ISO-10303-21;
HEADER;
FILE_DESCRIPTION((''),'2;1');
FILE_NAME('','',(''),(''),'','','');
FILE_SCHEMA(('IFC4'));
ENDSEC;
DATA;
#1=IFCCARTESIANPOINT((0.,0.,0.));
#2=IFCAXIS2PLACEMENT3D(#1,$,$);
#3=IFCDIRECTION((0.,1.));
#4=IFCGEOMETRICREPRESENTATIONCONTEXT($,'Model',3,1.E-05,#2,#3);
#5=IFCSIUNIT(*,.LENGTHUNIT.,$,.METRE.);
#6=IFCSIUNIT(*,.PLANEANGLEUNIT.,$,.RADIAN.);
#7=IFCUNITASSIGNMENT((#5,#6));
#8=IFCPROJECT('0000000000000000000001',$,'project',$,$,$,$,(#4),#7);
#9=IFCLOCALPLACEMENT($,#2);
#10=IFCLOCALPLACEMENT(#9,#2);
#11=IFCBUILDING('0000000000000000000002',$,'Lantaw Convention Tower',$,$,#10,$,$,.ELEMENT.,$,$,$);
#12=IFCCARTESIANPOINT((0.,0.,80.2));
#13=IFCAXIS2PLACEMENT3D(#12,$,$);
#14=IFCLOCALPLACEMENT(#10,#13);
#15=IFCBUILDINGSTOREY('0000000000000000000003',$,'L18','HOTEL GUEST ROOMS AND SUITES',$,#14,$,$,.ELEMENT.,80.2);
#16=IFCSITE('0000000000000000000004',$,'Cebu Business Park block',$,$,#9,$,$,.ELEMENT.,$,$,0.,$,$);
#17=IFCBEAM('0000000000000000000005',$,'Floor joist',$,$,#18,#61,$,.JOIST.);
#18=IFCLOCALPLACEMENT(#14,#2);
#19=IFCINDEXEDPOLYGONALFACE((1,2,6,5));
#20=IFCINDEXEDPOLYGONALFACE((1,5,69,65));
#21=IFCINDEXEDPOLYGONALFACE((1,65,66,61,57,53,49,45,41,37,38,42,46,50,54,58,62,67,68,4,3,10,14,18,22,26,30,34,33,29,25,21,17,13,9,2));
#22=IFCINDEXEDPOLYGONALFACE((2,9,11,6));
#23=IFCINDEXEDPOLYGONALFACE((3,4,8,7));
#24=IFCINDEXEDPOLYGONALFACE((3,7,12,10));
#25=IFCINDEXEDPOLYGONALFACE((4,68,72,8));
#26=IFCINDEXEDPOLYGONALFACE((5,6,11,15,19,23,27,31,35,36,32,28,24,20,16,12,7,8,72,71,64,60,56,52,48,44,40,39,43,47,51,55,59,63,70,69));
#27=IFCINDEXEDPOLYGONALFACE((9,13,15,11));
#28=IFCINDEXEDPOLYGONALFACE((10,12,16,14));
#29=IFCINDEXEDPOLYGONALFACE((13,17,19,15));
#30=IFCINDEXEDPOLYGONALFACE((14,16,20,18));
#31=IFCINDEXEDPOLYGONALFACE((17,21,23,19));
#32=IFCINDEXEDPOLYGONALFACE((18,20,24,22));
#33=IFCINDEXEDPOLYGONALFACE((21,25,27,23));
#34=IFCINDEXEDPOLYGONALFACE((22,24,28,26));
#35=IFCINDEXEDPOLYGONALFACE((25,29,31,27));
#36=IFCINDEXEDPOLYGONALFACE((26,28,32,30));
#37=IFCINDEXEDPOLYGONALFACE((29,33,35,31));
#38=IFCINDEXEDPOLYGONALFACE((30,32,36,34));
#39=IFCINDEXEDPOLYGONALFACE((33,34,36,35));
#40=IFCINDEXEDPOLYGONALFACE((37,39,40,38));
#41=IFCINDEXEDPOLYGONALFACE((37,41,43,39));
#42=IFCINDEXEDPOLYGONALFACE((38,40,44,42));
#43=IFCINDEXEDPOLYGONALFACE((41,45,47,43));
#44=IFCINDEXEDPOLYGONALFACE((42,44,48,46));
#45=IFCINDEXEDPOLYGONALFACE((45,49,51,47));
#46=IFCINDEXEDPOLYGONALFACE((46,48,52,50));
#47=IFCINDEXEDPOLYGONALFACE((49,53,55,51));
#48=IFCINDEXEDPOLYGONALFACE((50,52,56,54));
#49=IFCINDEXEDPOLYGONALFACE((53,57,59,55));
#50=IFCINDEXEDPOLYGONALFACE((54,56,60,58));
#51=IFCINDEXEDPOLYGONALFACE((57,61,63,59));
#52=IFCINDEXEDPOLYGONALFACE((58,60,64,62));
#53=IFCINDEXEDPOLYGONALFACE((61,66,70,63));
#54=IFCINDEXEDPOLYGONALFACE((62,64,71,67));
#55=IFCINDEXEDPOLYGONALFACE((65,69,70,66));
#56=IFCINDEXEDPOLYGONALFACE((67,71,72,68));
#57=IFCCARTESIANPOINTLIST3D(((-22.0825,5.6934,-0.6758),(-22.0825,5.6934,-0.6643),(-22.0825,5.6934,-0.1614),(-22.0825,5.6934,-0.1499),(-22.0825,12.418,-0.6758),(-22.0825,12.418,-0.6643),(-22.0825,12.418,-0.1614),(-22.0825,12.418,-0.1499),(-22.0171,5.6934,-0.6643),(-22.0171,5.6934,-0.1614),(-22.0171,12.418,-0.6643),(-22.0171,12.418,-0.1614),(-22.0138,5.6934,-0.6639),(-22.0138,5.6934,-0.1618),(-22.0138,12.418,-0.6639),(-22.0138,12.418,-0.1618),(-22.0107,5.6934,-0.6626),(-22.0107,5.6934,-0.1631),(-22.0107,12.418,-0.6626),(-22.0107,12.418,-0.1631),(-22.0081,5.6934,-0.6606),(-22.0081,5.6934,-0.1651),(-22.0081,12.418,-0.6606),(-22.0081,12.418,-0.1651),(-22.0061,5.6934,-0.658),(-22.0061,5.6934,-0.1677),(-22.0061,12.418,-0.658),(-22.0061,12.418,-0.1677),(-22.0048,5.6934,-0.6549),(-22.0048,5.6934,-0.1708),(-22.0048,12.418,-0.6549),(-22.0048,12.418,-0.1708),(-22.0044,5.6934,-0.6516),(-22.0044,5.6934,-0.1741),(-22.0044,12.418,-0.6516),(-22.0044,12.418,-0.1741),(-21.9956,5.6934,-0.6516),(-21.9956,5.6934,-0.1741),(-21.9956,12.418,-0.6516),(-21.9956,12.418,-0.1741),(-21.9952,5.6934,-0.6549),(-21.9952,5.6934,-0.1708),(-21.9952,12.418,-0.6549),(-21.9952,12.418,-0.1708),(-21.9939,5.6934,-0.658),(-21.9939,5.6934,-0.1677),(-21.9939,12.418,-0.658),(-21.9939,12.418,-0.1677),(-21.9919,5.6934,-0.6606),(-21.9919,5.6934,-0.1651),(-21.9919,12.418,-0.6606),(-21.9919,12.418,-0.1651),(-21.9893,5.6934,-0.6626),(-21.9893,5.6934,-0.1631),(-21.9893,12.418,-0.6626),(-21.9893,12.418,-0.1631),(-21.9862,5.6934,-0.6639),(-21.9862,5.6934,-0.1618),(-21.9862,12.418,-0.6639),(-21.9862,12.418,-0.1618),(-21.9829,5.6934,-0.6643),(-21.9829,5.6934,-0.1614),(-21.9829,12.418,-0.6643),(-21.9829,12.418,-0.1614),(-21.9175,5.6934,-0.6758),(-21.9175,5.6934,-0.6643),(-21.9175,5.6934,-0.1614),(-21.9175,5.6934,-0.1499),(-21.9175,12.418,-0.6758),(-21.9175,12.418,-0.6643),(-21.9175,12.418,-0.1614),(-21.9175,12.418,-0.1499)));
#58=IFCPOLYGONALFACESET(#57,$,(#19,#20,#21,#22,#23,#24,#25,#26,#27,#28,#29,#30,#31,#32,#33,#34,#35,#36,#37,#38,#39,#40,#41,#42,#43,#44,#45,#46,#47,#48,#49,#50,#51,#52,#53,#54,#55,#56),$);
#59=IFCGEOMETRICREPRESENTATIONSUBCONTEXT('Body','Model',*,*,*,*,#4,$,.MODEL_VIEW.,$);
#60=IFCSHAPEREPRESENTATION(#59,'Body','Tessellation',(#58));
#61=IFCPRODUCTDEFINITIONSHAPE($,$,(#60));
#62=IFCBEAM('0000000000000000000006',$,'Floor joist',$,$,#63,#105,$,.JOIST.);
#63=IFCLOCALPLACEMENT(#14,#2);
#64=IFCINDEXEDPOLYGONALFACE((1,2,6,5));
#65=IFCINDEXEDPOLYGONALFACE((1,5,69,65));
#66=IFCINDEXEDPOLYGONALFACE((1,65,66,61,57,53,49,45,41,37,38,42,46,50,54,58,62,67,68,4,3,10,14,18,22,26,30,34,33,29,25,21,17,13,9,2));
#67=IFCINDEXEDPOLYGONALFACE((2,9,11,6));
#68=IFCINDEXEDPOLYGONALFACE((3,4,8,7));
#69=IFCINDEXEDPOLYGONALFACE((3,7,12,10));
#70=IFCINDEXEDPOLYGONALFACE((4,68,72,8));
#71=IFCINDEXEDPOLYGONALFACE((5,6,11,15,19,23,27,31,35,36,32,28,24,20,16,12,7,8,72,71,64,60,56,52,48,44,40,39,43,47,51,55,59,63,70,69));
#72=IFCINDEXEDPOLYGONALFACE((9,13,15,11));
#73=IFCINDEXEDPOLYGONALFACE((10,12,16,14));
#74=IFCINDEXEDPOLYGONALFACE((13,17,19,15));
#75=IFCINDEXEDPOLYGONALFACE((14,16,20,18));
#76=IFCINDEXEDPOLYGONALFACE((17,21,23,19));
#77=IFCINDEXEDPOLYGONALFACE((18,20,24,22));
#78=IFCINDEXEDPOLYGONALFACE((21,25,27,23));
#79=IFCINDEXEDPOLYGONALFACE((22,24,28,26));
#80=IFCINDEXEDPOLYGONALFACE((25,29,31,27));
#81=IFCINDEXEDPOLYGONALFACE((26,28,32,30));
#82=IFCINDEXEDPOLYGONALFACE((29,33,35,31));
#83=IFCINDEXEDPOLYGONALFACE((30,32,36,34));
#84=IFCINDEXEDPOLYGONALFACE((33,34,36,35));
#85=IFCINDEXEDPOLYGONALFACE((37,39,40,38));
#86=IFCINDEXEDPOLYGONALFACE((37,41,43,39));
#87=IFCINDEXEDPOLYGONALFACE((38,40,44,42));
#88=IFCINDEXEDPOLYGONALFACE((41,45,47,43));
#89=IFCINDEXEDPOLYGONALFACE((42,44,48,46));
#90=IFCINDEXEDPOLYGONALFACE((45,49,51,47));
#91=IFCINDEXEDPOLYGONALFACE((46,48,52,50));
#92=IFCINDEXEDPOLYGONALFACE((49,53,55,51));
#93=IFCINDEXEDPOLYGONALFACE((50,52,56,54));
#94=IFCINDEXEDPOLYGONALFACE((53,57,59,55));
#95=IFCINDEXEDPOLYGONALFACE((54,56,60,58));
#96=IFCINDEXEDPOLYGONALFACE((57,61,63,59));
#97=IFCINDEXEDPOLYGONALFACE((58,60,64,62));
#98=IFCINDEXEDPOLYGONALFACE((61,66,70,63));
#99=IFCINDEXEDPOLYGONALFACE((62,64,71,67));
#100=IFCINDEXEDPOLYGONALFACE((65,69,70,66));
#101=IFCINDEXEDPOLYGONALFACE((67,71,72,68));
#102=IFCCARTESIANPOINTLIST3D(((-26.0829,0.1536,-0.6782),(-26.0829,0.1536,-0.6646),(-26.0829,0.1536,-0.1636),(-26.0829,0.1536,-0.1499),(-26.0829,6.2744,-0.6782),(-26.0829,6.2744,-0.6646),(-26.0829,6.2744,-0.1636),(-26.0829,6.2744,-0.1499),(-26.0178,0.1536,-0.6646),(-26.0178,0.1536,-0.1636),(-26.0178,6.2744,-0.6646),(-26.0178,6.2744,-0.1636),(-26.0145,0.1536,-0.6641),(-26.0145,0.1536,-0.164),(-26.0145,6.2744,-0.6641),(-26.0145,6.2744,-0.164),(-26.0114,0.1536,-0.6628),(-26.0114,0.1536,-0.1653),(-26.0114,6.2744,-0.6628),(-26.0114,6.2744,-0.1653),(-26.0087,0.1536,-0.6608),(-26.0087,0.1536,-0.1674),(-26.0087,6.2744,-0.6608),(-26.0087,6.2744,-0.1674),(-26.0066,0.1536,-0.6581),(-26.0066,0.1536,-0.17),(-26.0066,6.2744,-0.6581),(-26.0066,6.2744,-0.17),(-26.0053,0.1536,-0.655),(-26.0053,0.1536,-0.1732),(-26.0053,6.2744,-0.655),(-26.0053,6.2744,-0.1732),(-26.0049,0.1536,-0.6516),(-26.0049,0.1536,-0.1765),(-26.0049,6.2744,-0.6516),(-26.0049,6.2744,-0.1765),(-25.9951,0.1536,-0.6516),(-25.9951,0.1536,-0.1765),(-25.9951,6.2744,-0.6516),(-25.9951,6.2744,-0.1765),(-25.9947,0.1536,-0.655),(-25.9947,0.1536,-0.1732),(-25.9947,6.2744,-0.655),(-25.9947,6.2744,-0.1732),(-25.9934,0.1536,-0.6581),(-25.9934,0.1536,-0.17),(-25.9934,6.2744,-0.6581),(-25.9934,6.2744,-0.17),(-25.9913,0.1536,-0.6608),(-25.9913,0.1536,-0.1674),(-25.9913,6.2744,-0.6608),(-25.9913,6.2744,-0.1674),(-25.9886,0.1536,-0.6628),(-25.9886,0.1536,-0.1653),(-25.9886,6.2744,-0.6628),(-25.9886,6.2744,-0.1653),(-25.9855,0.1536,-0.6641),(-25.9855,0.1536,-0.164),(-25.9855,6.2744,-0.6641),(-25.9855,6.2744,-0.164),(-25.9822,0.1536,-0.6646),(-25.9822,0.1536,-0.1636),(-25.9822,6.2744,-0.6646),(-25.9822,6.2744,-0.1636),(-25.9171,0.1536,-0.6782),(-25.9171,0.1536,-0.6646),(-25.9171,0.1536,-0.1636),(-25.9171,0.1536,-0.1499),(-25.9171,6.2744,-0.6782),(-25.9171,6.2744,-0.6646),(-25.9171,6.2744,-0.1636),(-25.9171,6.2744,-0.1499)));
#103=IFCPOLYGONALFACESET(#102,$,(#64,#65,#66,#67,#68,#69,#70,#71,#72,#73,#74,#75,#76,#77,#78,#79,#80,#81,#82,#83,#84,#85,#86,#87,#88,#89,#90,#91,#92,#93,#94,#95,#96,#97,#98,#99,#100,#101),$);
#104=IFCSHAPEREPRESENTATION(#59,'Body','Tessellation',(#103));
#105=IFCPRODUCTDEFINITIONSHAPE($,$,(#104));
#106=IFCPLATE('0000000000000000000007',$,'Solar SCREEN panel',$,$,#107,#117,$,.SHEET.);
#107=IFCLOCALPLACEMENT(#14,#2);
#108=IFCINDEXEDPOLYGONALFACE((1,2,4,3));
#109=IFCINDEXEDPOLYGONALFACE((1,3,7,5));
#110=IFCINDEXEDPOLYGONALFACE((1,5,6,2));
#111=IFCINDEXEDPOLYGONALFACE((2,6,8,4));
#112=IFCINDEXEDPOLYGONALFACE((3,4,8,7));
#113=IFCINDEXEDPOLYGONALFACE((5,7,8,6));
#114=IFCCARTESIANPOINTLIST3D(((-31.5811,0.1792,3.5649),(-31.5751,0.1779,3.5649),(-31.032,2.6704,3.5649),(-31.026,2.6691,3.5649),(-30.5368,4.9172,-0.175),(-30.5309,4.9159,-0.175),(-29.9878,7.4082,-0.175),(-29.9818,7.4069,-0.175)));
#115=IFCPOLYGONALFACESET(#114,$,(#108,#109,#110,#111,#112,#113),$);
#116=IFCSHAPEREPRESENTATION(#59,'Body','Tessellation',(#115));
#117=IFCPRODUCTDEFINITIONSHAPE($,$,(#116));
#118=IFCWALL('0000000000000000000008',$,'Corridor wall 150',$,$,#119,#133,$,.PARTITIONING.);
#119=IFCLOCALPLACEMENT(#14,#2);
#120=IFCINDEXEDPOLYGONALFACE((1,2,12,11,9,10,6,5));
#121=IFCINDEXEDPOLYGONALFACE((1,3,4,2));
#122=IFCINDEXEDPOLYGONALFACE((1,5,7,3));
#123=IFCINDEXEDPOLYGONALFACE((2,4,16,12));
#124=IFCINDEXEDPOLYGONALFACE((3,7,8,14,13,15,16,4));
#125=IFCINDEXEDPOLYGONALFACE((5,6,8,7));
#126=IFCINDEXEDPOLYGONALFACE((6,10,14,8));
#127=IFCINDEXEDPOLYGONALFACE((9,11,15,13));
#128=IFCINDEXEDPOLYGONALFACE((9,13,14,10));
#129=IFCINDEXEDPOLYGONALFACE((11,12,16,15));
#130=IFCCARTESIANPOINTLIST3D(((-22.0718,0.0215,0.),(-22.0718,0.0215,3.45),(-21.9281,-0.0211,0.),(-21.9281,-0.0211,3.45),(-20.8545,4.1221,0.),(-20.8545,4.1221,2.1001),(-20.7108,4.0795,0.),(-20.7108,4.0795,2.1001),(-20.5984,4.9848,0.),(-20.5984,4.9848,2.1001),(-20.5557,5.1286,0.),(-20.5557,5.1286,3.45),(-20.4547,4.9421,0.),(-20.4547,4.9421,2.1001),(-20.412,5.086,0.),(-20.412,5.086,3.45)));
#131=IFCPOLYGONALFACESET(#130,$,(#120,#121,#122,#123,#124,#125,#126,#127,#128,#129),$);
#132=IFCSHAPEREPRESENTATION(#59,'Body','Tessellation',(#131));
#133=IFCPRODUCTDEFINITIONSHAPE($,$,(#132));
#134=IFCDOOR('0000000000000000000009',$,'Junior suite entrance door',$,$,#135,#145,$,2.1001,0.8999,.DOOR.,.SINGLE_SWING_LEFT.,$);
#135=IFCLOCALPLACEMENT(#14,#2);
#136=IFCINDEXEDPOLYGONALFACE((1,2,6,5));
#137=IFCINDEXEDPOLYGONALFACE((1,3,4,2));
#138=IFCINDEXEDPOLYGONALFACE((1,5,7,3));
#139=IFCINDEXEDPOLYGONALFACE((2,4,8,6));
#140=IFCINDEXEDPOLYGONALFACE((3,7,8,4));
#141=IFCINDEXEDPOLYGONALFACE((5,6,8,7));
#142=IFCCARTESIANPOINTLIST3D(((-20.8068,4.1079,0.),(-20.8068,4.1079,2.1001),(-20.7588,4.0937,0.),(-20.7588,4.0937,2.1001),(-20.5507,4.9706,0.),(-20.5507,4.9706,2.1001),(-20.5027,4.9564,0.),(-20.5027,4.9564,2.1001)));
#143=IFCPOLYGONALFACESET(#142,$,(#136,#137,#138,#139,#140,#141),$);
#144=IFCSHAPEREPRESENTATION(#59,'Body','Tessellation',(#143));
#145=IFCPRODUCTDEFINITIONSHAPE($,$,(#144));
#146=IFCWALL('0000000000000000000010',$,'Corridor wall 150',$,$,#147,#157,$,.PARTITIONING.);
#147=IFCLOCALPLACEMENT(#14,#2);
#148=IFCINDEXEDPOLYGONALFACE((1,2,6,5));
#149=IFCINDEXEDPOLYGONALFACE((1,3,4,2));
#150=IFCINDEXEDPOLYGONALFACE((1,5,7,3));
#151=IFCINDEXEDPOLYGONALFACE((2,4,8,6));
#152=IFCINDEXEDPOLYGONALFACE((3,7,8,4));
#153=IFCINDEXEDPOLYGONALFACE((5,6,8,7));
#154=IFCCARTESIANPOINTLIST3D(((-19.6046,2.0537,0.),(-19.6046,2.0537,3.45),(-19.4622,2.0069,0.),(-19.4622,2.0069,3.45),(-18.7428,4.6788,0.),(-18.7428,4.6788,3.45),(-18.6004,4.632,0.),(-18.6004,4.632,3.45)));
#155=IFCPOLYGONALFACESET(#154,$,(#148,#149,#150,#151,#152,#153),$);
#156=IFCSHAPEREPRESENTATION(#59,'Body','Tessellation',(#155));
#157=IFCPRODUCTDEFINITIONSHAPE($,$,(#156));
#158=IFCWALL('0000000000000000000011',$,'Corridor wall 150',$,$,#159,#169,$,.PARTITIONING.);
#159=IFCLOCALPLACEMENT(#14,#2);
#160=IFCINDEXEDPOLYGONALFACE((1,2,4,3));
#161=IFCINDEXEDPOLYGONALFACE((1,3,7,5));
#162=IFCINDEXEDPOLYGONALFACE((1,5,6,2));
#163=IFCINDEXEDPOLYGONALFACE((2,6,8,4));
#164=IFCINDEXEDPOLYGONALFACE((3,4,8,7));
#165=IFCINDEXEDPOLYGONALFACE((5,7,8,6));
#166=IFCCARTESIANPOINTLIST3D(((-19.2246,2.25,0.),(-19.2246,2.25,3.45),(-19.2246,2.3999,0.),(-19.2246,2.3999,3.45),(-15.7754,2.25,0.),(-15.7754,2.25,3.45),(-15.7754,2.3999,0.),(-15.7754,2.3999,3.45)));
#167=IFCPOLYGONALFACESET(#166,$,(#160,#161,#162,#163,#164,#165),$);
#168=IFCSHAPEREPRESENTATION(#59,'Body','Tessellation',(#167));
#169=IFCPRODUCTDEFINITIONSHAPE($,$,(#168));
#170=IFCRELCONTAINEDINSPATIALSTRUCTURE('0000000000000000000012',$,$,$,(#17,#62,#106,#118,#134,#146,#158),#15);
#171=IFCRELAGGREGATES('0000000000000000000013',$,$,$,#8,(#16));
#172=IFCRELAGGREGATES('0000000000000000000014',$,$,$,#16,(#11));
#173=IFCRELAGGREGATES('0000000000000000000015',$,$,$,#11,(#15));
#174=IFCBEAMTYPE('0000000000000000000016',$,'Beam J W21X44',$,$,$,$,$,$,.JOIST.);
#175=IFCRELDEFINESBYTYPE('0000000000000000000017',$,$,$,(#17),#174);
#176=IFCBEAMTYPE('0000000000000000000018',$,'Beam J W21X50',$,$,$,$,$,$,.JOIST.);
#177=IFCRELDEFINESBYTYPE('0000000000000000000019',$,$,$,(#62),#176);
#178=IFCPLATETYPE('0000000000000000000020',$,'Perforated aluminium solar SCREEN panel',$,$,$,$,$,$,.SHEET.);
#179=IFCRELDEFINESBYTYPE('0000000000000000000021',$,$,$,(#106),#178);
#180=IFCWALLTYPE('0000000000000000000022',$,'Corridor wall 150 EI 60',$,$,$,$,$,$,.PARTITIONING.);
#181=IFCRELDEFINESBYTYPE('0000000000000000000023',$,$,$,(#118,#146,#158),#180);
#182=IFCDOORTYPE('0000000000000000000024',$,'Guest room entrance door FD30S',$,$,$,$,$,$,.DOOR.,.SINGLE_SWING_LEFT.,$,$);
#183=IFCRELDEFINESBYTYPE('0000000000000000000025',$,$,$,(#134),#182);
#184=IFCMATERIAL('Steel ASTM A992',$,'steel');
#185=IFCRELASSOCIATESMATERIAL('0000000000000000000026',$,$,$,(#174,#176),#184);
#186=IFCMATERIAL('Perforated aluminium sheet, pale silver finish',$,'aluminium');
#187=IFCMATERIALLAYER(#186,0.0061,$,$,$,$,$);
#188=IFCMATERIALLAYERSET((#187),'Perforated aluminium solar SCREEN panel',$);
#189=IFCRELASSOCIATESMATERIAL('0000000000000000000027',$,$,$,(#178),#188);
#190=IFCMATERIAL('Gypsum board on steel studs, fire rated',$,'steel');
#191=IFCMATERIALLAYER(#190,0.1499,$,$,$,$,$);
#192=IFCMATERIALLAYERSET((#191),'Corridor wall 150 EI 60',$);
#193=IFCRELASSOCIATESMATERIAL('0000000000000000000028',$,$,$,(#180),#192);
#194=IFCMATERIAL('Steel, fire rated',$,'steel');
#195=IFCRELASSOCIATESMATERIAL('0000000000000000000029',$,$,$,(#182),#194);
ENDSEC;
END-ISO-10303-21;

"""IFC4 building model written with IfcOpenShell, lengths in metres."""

from ifc_helpers import new_model, si_unit, direction, frame, frame_2d, origin, origin_2d, place, context, subcontext, project, spatial, polyline, rectangle, i_section, outline, extrude, material, layer, layer_set, material_profile, profile_set, type_object, element, fill, save


model = new_model("IFC4")

# Units and contexts
model_context = context("Model", 3, precision=1e-05, world=origin(), true_north=direction((0.0, 1.0)))
body_context = subcontext(model_context, "Body", "Model", "MODEL_VIEW")
ifc_project = project(units=[si_unit("LENGTHUNIT", "METRE"), si_unit("PLANEANGLEUNIT", "RADIAN")], contexts=[model_context])

# Site, building, storey
site_placement = place(None, origin())
site = spatial("IfcSite", under=ifc_project, at=site_placement, Name="Cebu Business Park block", CompositionType="ELEMENT", RefElevation=0.0)
building_placement = place(site_placement, origin())
building = spatial("IfcBuilding", under=site, at=building_placement, Name="Lantaw Convention Tower", CompositionType="ELEMENT")
storey_placement = place(building_placement, frame((0.0, 0.0, 80.2)))
storey = spatial("IfcBuildingStorey", under=building, at=storey_placement, Name="L18", Description="HOTEL GUEST ROOMS AND SUITES", CompositionType="ELEMENT", Elevation=80.2)

# Beams
ifc_material_1 = material(Name="Steel ASTM A992", Category="steel")
ifc_material_profile_1 = material_profile(ifc_material_1, i_section(OverallWidth=0.165, OverallDepth=0.5259, WebThickness=0.0088, FlangeThickness=0.0115, FilletRadius=0.0127, at=origin_2d()), Name="W21X44")
ifc_profile_set_1 = profile_set([ifc_material_profile_1], Name="Steel ASTM A992")
beam_type_1 = type_object("IfcBeamType", Name="Beam J W21X44", PredefinedType="JOIST", material=ifc_profile_set_1)
beam_1_placement = place(storey_placement, frame((-22.0, 5.6934, -0.4128), z_axis=(0.0, 1.0, 0.0), x_axis=(-1.0, 0.0, 0.0)))
element("IfcBeam", 1, at=beam_1_placement, inside=storey, type_object=beam_type_1, Name="Floor joist", PredefinedType="JOIST", context=body_context, shape_type="SweptSolid", body=[
    extrude(i_section(OverallWidth=0.165, OverallDepth=0.5259, WebThickness=0.0088, FlangeThickness=0.0115, FilletRadius=0.0127, at=origin_2d()), origin(), (0.0, 0.0, 1.0), 6.7246),
])
ifc_material_profile_2 = material_profile(ifc_material_1, i_section(OverallWidth=0.1658, OverallDepth=0.5283, WebThickness=0.0098, FlangeThickness=0.0137, FilletRadius=0.0129, at=origin_2d()), Name="W21X50")
ifc_profile_set_2 = profile_set([ifc_material_profile_2], Name="Steel ASTM A992")
beam_type_2 = type_object("IfcBeamType", Name="Beam J W21X50", PredefinedType="JOIST", material=ifc_profile_set_2)
beam_2_placement = place(storey_placement, frame((-26.0, 0.1536, -0.4141), z_axis=(0.0, 1.0, 0.0), x_axis=(-1.0, 0.0, 0.0)))
element("IfcBeam", 2, at=beam_2_placement, inside=storey, type_object=beam_type_2, Name="Floor joist", PredefinedType="JOIST", context=body_context, shape_type="SweptSolid", body=[
    extrude(i_section(OverallWidth=0.1658, OverallDepth=0.5283, WebThickness=0.0098, FlangeThickness=0.0137, FilletRadius=0.0129, at=origin_2d()), origin(), (0.0, 0.0, 1.0), 6.1208),
])

# Plate
ifc_material_2 = material(Name="Perforated aluminium sheet, pale silver finish", Category="aluminium")
ifc_layer_1 = layer(ifc_material_2, 0.0061)
ifc_layer_set_1 = layer_set([ifc_layer_1], Name="Perforated aluminium solar SCREEN panel")
plate_type = type_object("IfcPlateType", Name="Perforated aluminium solar SCREEN panel", PredefinedType="SHEET", material=ifc_layer_set_1)
plate_placement = place(storey_placement, frame((-29.9878, 7.4082, -0.175), z_axis=(-0.976559, 0.215248, 0.00003), x_axis=(-0.215248, -0.976559, 0.0)))
element("IfcPlate", 3, at=plate_placement, inside=storey, type_object=plate_type, Name="Solar SCREEN panel", PredefinedType="SHEET", context=body_context, shape_type="SweptSolid", body=[
    extrude(outline(polyline([(0.0, 0.0), (2.5508, 0.0), (7.4025, 3.74), (4.8515, 3.74), (0.0, 0.0)])), origin(), (0.0, 0.0, -1.0), 0.0061),
])

# Wall, opening, door
ifc_material_3 = material(Name="Gypsum board on steel studs, fire rated", Category="steel")
ifc_layer_2 = layer(ifc_material_3, 0.1499)
ifc_layer_set_2 = layer_set([ifc_layer_2], Name="Corridor wall 150 EI 60")
wall_type_1 = type_object("IfcWallType", Name="Corridor wall 150 EI 60", PredefinedType="PARTITIONING", material=ifc_layer_set_2)
wall_1_placement = place(storey_placement, frame((-20.4839, 5.1072, 0.0), z_axis=(0.0, 0.0, 1.0), x_axis=(-0.284584, -0.958651, 0.0)))
wall_1 = element("IfcWall", 4, at=wall_1_placement, inside=storey, type_object=wall_type_1, Name="Corridor wall 150", PredefinedType="PARTITIONING", context=body_context, shape_type="SweptSolid", body=[
    extrude(rectangle(XDim=5.3274, YDim=0.1499, at=frame_2d((2.6636, 0.0))), origin(), (0.0, 0.0, 1.0), 3.45),
])
opening_1_placement = place(wall_1_placement, frame((0.1499, 0.0, 0.0)))
opening_1 = element("IfcOpeningElement", 5, at=opening_1_placement, cuts=wall_1, PredefinedType="OPENING", context=body_context, shape_type="SweptSolid", body=[
    extrude(rectangle(XDim=0.8999, YDim=2.1001, at=frame_2d((0.45, 1.05))), frame((0.0, 0.085, 0.0), z_axis=(0.0, -1.0, 0.0), x_axis=(1.0, 0.0, 0.0)), (0.0, 0.0, 1.0), 0.1699),
])
ifc_material_4 = material(Name="Steel, fire rated", Category="steel")
door_type = type_object("IfcDoorType", Name="Guest room entrance door FD30S", OperationType="SINGLE_SWING_LEFT", PredefinedType="DOOR", material=ifc_material_4)
door_placement = place(opening_1_placement, origin())
door = element("IfcDoor", 6, at=door_placement, inside=storey, type_object=door_type, Name="Junior suite entrance door", OperationType="SINGLE_SWING_LEFT", OverallHeight=2.1001, OverallWidth=0.8999, PredefinedType="DOOR", context=body_context, shape_type="SweptSolid", body=[
    extrude(rectangle(XDim=0.8999, YDim=2.1001, at=frame_2d((0.45, 1.05))), frame((0.0, 0.0249, 0.0), z_axis=(0.0, -1.0, 0.0), x_axis=(1.0, 0.0, 0.0)), (0.0, 0.0, 1.0), 0.05),
])
fill(opening_1, door)

# Walls
wall_2_placement = place(storey_placement, frame((-18.6716, 4.6553, 0.0), z_axis=(0.0, 0.0, 1.0), x_axis=(-0.31193, -0.950105, 0.0)))
element("IfcWall", 7, at=wall_2_placement, inside=storey, type_object=wall_type_1, Name="Corridor wall 150", PredefinedType="PARTITIONING", context=body_context, shape_type="SweptSolid", body=[
    extrude(rectangle(XDim=2.7629, YDim=0.1499, at=frame_2d((1.3813, 0.0))), origin(), (0.0, 0.0, 1.0), 3.45),
])
wall_3_placement = place(storey_placement, frame((-19.2246, 2.325, 0.0), z_axis=(0.0, 0.0, 1.0), x_axis=(1.0, 0.0, 0.0)))
element("IfcWall", 8, at=wall_3_placement, inside=storey, type_object=wall_type_1, Name="Corridor wall 150", PredefinedType="PARTITIONING", context=body_context, shape_type="SweptSolid", body=[
    extrude(rectangle(XDim=3.4492, YDim=0.1499, at=frame_2d((1.7246, 0.0))), origin(), (0.0, 0.0, 1.0), 3.45),
])

save(model, "model.ifc")
